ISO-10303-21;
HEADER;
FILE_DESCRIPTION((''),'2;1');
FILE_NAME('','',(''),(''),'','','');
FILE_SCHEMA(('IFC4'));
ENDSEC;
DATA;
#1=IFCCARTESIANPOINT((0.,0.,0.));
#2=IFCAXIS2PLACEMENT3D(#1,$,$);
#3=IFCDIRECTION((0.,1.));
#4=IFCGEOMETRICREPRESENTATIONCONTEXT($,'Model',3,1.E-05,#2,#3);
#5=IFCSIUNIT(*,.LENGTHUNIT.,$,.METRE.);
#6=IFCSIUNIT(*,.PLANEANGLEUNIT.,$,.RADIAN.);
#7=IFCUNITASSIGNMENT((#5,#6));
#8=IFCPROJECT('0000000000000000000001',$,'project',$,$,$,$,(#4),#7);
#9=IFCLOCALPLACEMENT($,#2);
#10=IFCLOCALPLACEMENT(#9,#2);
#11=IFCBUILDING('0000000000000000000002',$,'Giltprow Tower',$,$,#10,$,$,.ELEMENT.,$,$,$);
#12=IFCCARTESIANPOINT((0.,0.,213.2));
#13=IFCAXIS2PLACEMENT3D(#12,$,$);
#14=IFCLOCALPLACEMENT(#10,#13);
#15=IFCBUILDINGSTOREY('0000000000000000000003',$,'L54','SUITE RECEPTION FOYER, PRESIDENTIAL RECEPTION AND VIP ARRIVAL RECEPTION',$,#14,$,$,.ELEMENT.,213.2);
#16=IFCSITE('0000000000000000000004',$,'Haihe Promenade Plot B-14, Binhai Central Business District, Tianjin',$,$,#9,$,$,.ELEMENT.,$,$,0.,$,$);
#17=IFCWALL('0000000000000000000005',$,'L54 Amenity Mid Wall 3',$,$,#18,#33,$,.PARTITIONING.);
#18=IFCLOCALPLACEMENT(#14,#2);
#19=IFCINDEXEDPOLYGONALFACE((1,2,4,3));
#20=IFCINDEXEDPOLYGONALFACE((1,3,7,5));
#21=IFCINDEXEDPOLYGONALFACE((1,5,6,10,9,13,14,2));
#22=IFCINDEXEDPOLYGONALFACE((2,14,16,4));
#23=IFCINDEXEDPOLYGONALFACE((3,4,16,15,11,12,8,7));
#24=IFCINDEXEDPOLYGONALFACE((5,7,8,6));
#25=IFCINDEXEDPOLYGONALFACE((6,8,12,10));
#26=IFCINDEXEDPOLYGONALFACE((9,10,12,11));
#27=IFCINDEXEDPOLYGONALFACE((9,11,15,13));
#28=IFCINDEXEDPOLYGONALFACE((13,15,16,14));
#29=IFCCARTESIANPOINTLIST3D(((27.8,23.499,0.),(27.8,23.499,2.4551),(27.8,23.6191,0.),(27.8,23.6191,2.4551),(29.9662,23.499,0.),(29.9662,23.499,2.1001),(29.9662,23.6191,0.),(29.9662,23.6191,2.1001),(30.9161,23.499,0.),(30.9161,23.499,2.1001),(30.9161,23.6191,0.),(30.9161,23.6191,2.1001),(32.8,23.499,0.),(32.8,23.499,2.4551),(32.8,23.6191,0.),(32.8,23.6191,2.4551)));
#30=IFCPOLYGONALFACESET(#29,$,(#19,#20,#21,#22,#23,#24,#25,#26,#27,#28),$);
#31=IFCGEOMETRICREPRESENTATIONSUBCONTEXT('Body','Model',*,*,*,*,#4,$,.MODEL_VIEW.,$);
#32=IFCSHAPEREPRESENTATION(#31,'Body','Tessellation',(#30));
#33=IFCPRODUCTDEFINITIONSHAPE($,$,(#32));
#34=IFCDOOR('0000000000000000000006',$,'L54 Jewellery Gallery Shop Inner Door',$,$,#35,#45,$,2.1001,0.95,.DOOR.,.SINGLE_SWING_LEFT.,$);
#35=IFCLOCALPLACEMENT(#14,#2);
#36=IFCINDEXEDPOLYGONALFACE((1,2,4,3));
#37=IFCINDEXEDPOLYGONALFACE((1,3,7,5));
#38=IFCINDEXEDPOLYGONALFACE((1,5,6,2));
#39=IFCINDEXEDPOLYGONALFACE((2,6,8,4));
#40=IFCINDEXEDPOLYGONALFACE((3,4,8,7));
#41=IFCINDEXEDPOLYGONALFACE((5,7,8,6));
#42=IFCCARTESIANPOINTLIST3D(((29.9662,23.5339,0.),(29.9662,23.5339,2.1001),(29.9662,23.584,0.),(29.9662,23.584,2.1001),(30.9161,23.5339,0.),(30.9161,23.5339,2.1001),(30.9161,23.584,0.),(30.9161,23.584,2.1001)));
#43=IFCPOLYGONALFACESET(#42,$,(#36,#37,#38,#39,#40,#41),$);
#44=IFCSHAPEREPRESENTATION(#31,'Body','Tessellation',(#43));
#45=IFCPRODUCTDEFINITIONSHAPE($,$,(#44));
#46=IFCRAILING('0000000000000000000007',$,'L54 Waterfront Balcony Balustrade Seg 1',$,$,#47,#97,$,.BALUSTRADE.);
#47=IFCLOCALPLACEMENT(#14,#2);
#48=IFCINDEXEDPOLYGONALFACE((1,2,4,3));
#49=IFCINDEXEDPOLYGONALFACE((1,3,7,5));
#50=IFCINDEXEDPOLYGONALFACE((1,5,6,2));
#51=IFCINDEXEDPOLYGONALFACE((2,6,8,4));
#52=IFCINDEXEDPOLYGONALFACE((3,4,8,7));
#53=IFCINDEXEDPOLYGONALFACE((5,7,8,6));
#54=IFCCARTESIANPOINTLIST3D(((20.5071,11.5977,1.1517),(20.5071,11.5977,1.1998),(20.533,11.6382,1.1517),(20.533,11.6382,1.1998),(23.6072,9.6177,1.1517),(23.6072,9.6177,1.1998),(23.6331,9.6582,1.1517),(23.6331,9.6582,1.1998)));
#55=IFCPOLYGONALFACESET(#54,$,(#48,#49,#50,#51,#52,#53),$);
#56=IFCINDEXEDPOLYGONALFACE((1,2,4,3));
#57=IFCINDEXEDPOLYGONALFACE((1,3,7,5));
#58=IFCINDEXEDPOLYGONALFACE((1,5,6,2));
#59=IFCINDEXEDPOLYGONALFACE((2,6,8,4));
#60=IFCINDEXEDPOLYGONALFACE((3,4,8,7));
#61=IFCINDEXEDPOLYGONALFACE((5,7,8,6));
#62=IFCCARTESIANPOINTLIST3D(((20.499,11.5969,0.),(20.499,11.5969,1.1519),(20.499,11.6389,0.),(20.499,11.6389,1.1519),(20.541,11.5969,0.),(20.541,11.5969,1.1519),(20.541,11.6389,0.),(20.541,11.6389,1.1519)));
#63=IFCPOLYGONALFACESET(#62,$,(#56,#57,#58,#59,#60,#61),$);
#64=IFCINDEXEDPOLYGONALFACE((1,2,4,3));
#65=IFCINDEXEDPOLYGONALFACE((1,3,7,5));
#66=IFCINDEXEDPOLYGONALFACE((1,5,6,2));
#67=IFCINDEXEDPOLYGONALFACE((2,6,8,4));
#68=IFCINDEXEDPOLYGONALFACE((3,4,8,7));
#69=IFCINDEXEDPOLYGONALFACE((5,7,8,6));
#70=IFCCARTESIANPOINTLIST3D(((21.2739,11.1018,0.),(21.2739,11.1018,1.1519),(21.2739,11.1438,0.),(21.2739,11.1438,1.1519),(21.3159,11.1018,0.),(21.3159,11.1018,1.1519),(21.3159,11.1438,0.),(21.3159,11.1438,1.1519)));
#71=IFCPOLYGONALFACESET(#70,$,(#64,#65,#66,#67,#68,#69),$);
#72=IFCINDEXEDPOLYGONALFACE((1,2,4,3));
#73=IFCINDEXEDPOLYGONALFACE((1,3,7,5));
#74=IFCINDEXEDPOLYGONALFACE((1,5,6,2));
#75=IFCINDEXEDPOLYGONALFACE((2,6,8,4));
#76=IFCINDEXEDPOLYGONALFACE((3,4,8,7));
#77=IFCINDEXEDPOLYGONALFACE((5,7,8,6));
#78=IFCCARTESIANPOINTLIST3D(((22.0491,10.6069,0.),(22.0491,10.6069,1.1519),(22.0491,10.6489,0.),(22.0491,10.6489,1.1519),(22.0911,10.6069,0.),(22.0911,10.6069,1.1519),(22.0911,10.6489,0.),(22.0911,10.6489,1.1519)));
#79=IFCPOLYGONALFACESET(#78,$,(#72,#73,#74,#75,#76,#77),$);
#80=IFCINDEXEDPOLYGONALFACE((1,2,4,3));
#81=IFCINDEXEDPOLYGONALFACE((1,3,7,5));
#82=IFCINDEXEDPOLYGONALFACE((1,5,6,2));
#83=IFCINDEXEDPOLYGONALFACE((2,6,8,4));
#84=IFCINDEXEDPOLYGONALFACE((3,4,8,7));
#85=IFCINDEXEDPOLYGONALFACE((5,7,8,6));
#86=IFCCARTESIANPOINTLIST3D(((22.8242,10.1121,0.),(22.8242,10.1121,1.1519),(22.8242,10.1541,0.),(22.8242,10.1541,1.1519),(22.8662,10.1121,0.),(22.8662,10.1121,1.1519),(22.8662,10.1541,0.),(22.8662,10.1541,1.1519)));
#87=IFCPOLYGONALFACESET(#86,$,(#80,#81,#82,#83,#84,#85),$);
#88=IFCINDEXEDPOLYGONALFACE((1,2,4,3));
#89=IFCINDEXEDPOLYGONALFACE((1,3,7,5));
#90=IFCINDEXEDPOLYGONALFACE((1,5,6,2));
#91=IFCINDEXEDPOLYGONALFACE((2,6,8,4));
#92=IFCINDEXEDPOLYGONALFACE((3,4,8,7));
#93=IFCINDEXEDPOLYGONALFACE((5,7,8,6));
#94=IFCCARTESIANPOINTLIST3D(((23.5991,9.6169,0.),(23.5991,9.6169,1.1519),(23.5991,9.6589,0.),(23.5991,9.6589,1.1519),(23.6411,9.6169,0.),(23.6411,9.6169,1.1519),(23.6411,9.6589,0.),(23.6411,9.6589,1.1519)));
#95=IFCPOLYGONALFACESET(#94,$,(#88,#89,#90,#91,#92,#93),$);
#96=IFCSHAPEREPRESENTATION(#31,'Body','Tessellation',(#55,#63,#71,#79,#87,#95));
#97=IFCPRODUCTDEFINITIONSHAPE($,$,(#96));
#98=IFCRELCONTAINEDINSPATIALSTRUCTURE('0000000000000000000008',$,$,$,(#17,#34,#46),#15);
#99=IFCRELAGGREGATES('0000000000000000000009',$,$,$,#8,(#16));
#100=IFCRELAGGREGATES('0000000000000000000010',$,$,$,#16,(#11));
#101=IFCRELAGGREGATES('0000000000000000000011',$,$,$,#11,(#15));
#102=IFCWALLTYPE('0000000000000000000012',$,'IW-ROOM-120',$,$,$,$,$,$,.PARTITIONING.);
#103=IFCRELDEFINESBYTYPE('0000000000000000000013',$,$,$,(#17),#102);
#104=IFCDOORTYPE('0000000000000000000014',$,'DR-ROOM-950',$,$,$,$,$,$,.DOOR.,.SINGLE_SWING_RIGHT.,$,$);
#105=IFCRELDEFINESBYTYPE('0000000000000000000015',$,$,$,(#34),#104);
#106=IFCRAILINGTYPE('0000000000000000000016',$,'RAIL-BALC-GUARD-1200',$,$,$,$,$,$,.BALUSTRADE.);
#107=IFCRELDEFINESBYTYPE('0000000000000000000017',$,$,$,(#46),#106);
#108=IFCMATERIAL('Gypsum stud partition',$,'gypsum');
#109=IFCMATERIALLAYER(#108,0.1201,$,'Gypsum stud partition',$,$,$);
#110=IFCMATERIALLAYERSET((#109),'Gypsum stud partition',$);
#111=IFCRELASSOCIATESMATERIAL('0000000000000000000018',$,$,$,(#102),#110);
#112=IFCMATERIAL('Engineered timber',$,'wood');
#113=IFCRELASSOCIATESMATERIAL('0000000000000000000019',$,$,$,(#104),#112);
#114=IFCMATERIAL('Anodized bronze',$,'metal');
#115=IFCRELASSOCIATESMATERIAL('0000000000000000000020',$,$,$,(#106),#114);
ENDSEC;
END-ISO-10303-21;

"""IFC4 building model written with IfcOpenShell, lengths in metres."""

from ifc_helpers import new_model, si_unit, direction, frame, frame_2d, origin, origin_2d, place, context, subcontext, project, spatial, rectangle, extrude, source, transform, mapped, material, layer, layer_set, type_object, element, fill, save


model = new_model("IFC4")

# Units and contexts
model_context = context("Model", 3, precision=1e-05, world=origin(), true_north=direction((0.0, 1.0)))
body_context = subcontext(model_context, "Body", "Model", "MODEL_VIEW")
ifc_project = project(units=[si_unit("LENGTHUNIT", "METRE"), si_unit("PLANEANGLEUNIT", "RADIAN")], contexts=[model_context])

# Site, building, storey
site_placement = place(None, origin())
site = spatial("IfcSite", under=ifc_project, at=site_placement, Name="Haihe Promenade Plot B-14, Binhai Central Business District, Tianjin", CompositionType="ELEMENT", RefElevation=0.0)
building_placement = place(site_placement, origin())
building = spatial("IfcBuilding", under=site, at=building_placement, Name="Giltprow Tower", CompositionType="ELEMENT")
storey_placement = place(building_placement, frame((0.0, 0.0, 213.2)))
storey = spatial("IfcBuildingStorey", under=building, at=storey_placement, Name="L54", Description="SUITE RECEPTION FOYER, PRESIDENTIAL RECEPTION AND VIP ARRIVAL RECEPTION", CompositionType="ELEMENT", Elevation=213.2)

# Shared definitions
ifc_material_1 = material(Name="Gypsum stud partition", Category="gypsum")

# Wall, opening, door
ifc_layer_1 = layer(ifc_material_1, 0.1201, Name="Gypsum stud partition")
ifc_layer_set_1 = layer_set([ifc_layer_1], Name="Gypsum stud partition")
wall_type_1 = type_object("IfcWallType", Name="IW-ROOM-120", PredefinedType="PARTITIONING", material=ifc_layer_set_1)
ifc_material_2 = material(Name="Engineered timber", Category="wood")
door_type_1 = type_object("IfcDoorType", Name="DR-ROOM-950", OperationType="SINGLE_SWING_RIGHT", PredefinedType="DOOR", material=ifc_material_2)
shared_shape_1 = source(origin(), body_context, "Body", "SweptSolid", [
    extrude(rectangle(XDim=0.95, YDim=2.1001, at=frame_2d((0.4751, 1.05))), frame((0.0, 0.0249, 0.0), z_axis=(0.0, -1.0, 0.0), x_axis=(1.0, 0.0, 0.0)), (0.0, 0.0, 1.0), 0.05),
])
wall_1_placement = place(storey_placement, frame((27.8, 23.5591, 0.0), z_axis=(0.0, 0.0, 1.0), x_axis=(1.0, 0.0, 0.0)))
wall_1 = element("IfcWall", 1, at=wall_1_placement, inside=storey, type_object=wall_type_1, Name="L54 Amenity Mid Wall 3", PredefinedType="PARTITIONING", context=body_context, shape_type="SweptSolid", body=[
    extrude(rectangle(XDim=5.0, YDim=0.1201, at=frame_2d((2.5, 0.0))), origin(), (0.0, 0.0, 1.0), 2.4551),
])
opening_1_placement = place(wall_1_placement, frame((2.166, 0.0, 0.0)))
opening_1 = element("IfcOpeningElement", 2, at=opening_1_placement, cuts=wall_1, PredefinedType="OPENING", context=body_context, shape_type="SweptSolid", body=[
    extrude(rectangle(XDim=0.95, YDim=2.1001, at=frame_2d((0.4751, 1.05))), frame((0.0, 0.0701, 0.0), z_axis=(0.0, -1.0, 0.0), x_axis=(1.0, 0.0, 0.0)), (0.0, 0.0, 1.0), 0.1401),
])
door_1_placement = place(opening_1_placement, origin())
door_1 = element("IfcDoor", 3, at=door_1_placement, inside=storey, type_object=door_type_1, Name="L54 Jewellery Gallery Shop Inner Door", OperationType="SINGLE_SWING_LEFT", OverallHeight=2.1001, OverallWidth=0.95, PredefinedType="DOOR", context=body_context, shape_type="MappedRepresentation", body=[
    mapped(shared_shape_1, transform((0.0, 0.0, 0.0), x_axis=(1.0, 0.0, 0.0), y_axis=(0.0, 1.0, 0.0), z_axis=(0.0, 0.0, 1.0), scale=1.0)),
])
fill(opening_1, door_1)

# Railing
ifc_material_3 = material(Name="Anodized bronze", Category="metal")
railing_type = type_object("IfcRailingType", Name="RAIL-BALC-GUARD-1200", PredefinedType="BALUSTRADE", material=ifc_material_3)
railing_1_placement = place(storey_placement, frame((20.52, 11.6179, 0.0)))
element("IfcRailing", 4, at=railing_1_placement, inside=storey, type_object=railing_type, Name="L54 Waterfront Balcony Balustrade Seg 1", PredefinedType="BALUSTRADE", context=body_context, shape_type="SweptSolid", body=[
    extrude(rectangle(XDim=0.0481, YDim=0.0481, at=origin_2d()), frame((0.0, 0.0, 1.1758), z_axis=(0.842775, -0.538266, 0.0), x_axis=(0.538266, 0.842775, 0.0)), (0.0, 0.0, 1.0), 3.6785),
    extrude(rectangle(XDim=0.042, YDim=0.042, at=origin_2d()), origin(), (0.0, 0.0, 1.0), 1.1519),
    extrude(rectangle(XDim=0.042, YDim=0.042, at=origin_2d()), frame((0.7749, -0.4951, 0.0)), (0.0, 0.0, 1.0), 1.1519),
    extrude(rectangle(XDim=0.042, YDim=0.042, at=origin_2d()), frame((1.55, -0.99, 0.0)), (0.0, 0.0, 1.0), 1.1519),
    extrude(rectangle(XDim=0.042, YDim=0.042, at=origin_2d()), frame((2.3252, -1.4849, 0.0)), (0.0, 0.0, 1.0), 1.1519),
    extrude(rectangle(XDim=0.042, YDim=0.042, at=origin_2d()), frame((3.1001, -1.98, 0.0)), (0.0, 0.0, 1.0), 1.1519),
])

save(model, "model.ifc")
